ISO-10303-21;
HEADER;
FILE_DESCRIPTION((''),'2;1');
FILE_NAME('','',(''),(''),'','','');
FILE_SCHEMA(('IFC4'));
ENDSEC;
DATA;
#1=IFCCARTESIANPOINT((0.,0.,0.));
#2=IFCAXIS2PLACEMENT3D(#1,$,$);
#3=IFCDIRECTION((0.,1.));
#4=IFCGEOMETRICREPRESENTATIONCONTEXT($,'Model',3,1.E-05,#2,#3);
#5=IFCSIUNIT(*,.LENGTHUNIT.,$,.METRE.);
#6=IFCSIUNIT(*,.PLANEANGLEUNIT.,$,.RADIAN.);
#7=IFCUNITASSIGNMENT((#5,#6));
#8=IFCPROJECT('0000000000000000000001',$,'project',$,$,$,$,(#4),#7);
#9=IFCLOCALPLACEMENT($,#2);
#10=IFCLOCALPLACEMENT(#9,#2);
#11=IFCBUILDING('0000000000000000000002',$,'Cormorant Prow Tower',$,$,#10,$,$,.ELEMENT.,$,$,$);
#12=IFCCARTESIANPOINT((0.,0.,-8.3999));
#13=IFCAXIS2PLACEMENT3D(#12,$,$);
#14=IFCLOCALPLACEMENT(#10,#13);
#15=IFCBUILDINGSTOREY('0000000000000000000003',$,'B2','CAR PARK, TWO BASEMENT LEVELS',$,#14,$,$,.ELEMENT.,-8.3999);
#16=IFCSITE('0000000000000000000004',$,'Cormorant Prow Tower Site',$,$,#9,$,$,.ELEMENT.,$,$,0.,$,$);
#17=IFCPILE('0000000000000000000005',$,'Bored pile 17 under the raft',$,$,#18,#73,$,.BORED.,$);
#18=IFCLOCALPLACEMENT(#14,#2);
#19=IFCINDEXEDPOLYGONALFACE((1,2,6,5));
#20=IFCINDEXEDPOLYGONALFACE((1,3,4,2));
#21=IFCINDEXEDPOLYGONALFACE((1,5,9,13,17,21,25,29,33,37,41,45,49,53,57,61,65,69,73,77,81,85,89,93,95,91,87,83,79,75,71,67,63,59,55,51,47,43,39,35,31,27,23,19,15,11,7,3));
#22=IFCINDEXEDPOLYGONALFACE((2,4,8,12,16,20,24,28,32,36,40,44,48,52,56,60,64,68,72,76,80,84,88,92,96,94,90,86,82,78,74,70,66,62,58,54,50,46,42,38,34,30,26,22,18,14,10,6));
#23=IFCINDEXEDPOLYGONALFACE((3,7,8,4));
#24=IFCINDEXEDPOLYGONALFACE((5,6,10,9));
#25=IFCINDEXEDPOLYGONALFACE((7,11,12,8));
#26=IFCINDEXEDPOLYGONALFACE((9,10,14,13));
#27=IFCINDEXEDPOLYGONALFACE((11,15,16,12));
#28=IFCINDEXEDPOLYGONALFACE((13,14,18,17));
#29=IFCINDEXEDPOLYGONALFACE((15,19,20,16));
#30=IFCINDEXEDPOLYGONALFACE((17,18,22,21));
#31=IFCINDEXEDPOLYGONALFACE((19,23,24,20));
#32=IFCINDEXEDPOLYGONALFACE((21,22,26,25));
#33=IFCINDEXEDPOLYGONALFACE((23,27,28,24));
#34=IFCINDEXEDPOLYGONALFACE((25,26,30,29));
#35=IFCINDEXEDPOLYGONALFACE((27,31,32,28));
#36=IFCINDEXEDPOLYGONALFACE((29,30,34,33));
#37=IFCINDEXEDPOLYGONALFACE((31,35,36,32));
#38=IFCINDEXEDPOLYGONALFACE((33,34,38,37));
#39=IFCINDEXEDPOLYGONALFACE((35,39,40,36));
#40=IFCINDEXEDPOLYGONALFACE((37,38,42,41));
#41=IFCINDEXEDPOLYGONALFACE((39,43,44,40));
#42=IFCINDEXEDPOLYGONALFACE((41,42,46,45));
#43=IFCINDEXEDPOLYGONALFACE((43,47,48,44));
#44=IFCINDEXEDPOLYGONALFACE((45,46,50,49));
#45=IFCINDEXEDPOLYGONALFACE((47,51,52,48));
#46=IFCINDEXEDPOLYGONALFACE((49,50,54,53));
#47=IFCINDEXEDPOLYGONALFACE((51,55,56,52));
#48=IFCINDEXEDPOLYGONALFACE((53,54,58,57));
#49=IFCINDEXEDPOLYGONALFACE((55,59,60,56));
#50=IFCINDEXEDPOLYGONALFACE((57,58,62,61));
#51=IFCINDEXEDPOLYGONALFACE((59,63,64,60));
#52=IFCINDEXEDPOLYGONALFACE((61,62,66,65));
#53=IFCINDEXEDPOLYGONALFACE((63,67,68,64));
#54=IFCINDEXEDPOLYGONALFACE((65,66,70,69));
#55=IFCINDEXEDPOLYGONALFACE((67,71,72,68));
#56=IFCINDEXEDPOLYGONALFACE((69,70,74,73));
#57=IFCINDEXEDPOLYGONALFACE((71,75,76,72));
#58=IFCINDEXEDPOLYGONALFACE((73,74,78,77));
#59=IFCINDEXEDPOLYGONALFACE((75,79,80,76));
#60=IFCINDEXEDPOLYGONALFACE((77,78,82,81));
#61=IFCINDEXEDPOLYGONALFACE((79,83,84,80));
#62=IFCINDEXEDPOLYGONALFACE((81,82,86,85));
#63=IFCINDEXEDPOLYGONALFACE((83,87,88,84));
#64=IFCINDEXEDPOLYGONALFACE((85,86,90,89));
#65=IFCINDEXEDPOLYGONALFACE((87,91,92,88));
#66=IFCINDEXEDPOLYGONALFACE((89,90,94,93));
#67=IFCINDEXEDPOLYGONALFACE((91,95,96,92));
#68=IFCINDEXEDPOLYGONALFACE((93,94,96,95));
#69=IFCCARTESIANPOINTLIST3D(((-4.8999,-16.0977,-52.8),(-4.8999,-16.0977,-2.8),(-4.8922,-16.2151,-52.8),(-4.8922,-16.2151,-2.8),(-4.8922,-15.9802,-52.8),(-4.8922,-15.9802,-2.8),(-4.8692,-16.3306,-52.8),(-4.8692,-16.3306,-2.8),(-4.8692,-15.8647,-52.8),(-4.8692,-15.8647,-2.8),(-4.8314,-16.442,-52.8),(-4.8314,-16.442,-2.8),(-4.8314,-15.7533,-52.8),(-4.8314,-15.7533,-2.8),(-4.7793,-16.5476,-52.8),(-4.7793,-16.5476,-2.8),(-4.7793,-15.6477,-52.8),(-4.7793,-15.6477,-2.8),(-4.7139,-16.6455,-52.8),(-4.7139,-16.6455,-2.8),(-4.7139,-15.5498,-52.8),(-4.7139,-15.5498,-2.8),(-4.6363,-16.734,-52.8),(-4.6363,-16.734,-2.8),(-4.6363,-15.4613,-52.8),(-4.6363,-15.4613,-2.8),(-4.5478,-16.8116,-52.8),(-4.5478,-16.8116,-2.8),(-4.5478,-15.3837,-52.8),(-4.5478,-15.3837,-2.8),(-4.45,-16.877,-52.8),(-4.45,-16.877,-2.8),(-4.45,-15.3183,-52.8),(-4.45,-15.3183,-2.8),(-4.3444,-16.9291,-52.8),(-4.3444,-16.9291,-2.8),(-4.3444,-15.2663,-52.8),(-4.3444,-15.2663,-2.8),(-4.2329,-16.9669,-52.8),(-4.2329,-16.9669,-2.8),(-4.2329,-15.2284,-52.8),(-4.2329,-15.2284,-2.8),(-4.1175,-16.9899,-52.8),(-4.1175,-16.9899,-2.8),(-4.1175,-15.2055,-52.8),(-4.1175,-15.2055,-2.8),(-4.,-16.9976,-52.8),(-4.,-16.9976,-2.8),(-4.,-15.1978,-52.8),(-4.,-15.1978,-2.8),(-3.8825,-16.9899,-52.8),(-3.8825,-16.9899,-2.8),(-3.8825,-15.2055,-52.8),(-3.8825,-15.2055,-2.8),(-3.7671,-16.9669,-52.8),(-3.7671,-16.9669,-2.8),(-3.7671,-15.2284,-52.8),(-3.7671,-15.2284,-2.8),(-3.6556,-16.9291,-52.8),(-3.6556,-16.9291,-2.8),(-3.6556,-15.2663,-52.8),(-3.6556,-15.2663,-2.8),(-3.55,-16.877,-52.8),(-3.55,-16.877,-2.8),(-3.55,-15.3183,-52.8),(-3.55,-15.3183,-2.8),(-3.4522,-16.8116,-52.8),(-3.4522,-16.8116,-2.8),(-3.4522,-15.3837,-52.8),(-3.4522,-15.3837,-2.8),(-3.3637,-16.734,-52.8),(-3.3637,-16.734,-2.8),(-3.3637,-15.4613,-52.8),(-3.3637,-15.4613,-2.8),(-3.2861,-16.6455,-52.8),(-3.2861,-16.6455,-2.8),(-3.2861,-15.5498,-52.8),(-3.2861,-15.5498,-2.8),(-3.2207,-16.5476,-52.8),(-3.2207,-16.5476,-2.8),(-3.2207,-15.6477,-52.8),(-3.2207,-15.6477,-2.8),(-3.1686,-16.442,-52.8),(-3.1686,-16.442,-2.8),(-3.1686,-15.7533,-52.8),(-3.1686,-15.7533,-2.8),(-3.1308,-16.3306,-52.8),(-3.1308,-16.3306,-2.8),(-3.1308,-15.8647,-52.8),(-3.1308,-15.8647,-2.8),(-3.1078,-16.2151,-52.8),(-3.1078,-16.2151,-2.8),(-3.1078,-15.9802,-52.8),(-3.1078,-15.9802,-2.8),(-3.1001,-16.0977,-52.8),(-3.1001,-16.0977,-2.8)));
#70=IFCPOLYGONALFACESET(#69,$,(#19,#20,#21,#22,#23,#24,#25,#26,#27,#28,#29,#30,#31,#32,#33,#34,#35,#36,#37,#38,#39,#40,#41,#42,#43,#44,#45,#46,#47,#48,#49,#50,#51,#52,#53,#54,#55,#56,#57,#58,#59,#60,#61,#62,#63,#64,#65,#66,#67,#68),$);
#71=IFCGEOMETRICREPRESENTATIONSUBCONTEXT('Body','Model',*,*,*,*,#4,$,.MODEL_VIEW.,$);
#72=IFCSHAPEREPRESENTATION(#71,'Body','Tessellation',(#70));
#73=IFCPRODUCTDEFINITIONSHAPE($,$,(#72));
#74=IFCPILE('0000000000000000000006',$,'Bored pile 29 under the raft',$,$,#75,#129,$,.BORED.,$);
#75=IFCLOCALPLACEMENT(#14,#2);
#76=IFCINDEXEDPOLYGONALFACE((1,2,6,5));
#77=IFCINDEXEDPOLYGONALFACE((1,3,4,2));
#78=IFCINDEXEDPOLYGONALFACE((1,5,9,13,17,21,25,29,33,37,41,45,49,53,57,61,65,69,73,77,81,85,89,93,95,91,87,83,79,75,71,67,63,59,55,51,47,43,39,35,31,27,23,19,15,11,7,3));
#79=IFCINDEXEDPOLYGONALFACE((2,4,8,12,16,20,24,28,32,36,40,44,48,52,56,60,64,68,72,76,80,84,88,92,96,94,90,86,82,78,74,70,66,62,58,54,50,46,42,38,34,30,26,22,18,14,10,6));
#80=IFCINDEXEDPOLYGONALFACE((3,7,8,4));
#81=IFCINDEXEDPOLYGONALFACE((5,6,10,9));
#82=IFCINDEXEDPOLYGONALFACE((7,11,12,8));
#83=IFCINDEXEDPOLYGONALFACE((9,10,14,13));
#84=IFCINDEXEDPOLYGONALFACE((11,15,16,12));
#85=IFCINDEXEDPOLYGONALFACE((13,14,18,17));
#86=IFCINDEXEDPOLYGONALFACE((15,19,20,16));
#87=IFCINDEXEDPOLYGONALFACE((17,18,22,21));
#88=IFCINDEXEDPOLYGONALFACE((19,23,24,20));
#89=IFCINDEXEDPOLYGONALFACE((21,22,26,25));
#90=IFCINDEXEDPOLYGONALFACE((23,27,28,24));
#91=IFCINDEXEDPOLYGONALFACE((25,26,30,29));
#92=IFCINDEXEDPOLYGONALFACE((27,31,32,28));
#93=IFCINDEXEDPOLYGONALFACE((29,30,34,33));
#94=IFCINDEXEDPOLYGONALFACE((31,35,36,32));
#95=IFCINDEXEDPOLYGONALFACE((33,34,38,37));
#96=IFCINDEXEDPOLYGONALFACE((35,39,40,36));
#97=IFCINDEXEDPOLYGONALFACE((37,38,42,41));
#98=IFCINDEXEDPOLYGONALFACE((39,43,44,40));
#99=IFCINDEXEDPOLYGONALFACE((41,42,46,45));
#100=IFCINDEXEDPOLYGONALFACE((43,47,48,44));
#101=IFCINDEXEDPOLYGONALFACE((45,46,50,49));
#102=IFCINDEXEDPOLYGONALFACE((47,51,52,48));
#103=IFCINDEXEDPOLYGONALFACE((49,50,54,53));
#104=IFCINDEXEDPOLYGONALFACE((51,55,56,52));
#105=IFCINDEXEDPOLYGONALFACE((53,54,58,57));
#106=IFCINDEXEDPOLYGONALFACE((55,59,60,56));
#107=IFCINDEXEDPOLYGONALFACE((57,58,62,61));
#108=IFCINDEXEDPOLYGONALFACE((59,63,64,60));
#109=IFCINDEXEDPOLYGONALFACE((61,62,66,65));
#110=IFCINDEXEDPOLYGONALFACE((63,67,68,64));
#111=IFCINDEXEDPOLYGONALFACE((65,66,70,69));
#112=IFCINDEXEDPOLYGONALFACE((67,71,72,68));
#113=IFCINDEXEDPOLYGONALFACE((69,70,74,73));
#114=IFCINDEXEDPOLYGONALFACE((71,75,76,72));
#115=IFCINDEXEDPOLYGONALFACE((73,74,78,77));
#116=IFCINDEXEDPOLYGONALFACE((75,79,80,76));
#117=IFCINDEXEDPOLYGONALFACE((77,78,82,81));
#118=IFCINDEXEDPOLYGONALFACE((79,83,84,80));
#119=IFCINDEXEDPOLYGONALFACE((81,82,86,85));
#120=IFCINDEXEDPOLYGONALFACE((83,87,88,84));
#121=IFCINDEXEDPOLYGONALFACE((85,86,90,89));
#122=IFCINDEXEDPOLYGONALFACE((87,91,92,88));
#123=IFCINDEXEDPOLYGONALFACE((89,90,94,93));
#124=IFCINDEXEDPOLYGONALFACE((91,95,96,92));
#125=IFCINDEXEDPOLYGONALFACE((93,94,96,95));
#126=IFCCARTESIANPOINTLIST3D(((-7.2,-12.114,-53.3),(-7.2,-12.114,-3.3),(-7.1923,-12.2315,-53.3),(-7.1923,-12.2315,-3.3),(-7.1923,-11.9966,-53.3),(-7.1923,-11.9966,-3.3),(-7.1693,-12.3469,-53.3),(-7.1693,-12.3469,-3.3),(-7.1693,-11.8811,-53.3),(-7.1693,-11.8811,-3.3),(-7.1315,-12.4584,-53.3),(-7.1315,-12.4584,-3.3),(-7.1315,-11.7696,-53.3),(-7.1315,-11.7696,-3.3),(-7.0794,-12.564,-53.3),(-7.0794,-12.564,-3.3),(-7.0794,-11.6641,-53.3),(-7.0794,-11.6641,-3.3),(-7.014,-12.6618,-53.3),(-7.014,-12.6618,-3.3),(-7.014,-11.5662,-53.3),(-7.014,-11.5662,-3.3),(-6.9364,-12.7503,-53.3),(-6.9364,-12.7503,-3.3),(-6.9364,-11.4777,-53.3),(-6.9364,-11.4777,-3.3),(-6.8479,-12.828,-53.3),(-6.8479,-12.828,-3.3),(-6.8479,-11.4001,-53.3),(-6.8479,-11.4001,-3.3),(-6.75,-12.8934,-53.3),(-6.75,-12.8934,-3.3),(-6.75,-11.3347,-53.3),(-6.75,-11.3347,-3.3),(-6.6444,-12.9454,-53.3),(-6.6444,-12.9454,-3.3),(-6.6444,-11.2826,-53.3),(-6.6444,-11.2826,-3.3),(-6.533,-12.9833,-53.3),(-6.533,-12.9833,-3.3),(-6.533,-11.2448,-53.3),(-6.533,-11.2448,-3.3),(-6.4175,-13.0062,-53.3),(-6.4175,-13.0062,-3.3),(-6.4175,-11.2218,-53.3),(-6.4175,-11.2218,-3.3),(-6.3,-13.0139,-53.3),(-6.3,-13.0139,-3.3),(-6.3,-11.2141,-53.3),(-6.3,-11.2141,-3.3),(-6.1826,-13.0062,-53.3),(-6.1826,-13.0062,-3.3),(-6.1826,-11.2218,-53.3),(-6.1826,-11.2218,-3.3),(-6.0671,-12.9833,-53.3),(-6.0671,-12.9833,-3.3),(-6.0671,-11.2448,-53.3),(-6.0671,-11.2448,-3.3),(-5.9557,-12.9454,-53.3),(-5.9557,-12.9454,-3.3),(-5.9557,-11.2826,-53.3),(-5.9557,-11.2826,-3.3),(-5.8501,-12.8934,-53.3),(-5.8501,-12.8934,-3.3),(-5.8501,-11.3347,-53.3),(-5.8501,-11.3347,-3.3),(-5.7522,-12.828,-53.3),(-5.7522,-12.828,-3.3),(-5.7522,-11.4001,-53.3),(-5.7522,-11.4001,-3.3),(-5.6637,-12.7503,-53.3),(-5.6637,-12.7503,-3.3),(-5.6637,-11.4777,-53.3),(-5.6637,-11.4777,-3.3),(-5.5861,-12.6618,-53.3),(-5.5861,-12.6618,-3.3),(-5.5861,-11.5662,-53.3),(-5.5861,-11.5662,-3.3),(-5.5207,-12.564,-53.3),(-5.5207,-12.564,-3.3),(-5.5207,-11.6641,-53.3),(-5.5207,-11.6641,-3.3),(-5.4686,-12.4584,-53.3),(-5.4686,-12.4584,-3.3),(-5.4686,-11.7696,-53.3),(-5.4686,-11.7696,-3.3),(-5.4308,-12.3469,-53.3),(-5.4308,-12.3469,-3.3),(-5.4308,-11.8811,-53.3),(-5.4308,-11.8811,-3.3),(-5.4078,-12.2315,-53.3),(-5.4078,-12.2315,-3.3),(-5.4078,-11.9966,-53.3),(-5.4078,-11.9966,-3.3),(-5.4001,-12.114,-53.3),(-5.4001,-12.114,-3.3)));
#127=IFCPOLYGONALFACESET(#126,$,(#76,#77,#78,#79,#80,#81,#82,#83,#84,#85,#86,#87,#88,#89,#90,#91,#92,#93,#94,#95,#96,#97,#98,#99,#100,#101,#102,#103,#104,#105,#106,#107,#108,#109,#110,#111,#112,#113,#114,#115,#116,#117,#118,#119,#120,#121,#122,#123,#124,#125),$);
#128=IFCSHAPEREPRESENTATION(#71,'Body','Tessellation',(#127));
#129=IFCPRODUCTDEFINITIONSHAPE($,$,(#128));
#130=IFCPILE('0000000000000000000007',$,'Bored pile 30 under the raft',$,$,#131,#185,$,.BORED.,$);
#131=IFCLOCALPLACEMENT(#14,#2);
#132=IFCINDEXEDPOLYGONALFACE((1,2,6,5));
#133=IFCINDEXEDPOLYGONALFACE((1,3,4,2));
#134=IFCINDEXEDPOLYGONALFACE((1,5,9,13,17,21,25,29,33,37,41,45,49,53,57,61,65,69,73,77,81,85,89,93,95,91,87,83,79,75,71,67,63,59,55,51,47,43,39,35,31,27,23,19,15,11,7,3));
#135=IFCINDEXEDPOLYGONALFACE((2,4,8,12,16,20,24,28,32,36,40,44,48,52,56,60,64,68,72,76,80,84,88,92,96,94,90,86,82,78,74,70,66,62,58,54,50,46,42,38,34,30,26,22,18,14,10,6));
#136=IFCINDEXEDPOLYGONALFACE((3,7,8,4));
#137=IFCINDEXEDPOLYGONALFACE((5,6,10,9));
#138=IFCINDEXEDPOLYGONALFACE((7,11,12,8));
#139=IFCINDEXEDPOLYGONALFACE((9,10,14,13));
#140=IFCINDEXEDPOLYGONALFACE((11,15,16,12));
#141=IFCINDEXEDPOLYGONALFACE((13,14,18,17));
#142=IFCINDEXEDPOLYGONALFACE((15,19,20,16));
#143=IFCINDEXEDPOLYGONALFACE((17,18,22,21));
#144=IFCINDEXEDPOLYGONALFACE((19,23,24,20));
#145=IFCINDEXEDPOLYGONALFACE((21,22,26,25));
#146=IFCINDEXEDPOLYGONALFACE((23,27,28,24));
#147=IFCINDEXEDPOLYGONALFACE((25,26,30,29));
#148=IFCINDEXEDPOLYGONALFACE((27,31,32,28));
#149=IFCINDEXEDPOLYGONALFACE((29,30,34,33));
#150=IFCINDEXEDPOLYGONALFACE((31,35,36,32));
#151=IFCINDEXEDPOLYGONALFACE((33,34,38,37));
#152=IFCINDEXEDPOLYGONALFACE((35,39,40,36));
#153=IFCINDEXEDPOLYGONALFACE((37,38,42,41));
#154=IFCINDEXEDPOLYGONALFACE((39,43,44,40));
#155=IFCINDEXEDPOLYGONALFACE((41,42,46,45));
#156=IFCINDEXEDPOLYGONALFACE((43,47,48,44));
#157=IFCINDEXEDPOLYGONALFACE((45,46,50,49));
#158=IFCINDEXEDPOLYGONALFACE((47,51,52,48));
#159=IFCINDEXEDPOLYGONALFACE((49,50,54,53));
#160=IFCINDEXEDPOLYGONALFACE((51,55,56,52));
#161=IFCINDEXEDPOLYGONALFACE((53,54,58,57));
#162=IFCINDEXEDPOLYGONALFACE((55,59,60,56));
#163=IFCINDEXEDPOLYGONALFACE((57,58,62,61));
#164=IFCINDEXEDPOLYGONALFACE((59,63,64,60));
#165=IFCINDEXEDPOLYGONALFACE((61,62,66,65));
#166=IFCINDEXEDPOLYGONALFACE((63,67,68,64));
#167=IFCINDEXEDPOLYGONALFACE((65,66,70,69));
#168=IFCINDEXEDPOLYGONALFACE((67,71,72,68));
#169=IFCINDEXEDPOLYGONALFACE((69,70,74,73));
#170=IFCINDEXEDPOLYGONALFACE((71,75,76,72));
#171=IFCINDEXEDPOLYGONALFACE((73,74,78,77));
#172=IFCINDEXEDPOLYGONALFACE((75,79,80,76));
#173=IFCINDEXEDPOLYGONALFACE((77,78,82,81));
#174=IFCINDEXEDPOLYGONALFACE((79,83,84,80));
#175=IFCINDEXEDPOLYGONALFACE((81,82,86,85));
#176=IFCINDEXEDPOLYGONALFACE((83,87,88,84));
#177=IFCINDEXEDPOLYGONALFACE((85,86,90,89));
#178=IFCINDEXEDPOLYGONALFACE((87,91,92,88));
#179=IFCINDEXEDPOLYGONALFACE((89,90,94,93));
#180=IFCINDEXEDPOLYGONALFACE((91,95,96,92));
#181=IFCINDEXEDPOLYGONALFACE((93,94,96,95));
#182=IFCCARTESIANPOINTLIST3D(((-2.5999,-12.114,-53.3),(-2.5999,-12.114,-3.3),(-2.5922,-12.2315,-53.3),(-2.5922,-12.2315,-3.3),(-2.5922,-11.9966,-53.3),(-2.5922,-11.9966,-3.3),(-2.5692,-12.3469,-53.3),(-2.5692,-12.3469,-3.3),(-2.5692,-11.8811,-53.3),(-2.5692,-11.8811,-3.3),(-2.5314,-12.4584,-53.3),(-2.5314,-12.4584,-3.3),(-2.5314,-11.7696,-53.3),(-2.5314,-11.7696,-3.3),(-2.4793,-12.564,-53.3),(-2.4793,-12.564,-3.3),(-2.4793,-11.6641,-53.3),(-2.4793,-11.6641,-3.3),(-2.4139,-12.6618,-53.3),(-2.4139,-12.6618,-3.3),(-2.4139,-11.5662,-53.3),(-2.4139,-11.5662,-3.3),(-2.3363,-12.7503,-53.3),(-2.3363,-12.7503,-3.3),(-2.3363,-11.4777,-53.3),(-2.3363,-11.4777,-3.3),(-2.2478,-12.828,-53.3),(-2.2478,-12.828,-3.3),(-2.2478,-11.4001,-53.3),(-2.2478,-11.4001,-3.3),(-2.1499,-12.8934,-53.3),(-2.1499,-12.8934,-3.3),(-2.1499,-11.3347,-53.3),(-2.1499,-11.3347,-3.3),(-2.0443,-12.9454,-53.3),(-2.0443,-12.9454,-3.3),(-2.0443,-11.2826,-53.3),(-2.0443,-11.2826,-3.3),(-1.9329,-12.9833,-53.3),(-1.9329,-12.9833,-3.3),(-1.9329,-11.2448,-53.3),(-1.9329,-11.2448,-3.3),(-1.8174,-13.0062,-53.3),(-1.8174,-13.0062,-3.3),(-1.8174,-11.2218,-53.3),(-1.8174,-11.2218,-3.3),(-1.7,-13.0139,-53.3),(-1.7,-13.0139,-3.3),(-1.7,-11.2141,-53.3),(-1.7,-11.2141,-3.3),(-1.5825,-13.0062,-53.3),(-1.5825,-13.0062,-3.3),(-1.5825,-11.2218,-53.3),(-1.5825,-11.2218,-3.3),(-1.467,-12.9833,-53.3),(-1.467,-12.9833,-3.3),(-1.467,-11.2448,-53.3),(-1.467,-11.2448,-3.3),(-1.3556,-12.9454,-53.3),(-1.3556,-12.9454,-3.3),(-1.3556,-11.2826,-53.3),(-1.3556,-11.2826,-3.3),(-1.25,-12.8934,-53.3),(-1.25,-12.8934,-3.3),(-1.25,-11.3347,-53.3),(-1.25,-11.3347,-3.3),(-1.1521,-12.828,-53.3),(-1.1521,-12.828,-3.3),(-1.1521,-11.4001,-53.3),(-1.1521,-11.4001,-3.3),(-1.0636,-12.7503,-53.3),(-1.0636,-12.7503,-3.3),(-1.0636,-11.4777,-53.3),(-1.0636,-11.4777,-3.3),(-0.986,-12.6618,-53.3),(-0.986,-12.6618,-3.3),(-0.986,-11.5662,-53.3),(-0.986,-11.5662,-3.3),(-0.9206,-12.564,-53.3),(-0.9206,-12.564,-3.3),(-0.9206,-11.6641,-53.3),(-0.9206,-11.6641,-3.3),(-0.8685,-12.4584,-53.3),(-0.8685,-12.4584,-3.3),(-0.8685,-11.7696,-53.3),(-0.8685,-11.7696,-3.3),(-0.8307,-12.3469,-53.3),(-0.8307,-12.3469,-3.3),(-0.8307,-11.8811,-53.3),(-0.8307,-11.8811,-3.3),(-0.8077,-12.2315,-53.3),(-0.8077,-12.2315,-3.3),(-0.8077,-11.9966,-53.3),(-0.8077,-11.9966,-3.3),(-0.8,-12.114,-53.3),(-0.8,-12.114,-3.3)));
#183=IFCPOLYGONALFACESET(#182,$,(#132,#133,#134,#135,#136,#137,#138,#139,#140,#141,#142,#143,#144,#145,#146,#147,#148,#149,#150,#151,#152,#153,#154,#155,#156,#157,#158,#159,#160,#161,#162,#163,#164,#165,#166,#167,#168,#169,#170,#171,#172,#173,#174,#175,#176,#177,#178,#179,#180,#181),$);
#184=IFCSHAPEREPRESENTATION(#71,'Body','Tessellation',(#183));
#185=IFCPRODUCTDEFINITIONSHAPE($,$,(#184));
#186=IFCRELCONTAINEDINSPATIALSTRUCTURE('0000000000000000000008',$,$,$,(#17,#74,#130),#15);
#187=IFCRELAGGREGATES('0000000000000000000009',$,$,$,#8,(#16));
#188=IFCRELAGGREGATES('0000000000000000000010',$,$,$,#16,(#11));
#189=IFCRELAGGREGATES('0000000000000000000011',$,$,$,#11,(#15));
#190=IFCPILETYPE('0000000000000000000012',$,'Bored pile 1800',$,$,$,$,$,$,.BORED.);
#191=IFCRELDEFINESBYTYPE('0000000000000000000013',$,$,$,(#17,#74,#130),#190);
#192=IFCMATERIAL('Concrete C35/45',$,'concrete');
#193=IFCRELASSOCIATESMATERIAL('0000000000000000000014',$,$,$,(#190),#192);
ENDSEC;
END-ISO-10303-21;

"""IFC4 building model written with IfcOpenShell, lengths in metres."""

from ifc_helpers import new_model, si_unit, direction, frame, origin, origin_2d, place, context, subcontext, project, spatial, circle, extrude, material, material_profile, profile_set, type_object, element, save


model = new_model("IFC4")

# Units and contexts
model_context = context("Model", 3, precision=1e-05, world=origin(), true_north=direction((0.0, 1.0)))
body_context = subcontext(model_context, "Body", "Model", "MODEL_VIEW")
ifc_project = project(units=[si_unit("LENGTHUNIT", "METRE"), si_unit("PLANEANGLEUNIT", "RADIAN")], contexts=[model_context])

# Site, building, storey
site_placement = place(None, origin())
site = spatial("IfcSite", under=ifc_project, at=site_placement, Name="Cormorant Prow Tower Site", CompositionType="ELEMENT", RefElevation=0.0)
building_placement = place(site_placement, origin())
building = spatial("IfcBuilding", under=site, at=building_placement, Name="Cormorant Prow Tower", CompositionType="ELEMENT")
storey_placement = place(building_placement, frame((0.0, 0.0, -8.3999)))
storey = spatial("IfcBuildingStorey", under=building, at=storey_placement, Name="B2", Description="CAR PARK, TWO BASEMENT LEVELS", CompositionType="ELEMENT", Elevation=-8.3999)

# Piles
ifc_material_1 = material(Name="Concrete C35/45", Category="concrete")
ifc_material_profile_1 = material_profile(ifc_material_1, circle(Radius=0.8999, at=origin_2d()), Name="Round 1800")
ifc_profile_set_1 = profile_set([ifc_material_profile_1], Name="Concrete C35/45")
pile_type_1 = type_object("IfcPileType", Name="Bored pile 1800", PredefinedType="BORED", material=ifc_profile_set_1)
for number, where, z_axis, x_axis, name in (
    (1, (-4.0, -16.0977, -2.8), (0.0, 0.0, -1.0), (1.0, 0.0, 0.0), "Bored pile 17 under the raft"),
    (2, (-6.3, -12.114, -3.3), (0.0, 0.0, -1.0), (1.0, 0.0, 0.0), "Bored pile 29 under the raft"),
    (3, (-1.7, -12.114, -3.3), (0.0, 0.0, -1.0), (1.0, 0.0, 0.0), "Bored pile 30 under the raft"),
):
    element("IfcPile", number, at=place(storey_placement, frame(where, z_axis=z_axis, x_axis=x_axis)), inside=storey, type_object=pile_type_1, Name=name, PredefinedType="BORED", context=body_context, shape_type="SweptSolid", body=[
        extrude(circle(Radius=0.8999, at=origin_2d()), origin(), (0.0, 0.0, 1.0), 50.0),
    ])

save(model, "model.ifc")
